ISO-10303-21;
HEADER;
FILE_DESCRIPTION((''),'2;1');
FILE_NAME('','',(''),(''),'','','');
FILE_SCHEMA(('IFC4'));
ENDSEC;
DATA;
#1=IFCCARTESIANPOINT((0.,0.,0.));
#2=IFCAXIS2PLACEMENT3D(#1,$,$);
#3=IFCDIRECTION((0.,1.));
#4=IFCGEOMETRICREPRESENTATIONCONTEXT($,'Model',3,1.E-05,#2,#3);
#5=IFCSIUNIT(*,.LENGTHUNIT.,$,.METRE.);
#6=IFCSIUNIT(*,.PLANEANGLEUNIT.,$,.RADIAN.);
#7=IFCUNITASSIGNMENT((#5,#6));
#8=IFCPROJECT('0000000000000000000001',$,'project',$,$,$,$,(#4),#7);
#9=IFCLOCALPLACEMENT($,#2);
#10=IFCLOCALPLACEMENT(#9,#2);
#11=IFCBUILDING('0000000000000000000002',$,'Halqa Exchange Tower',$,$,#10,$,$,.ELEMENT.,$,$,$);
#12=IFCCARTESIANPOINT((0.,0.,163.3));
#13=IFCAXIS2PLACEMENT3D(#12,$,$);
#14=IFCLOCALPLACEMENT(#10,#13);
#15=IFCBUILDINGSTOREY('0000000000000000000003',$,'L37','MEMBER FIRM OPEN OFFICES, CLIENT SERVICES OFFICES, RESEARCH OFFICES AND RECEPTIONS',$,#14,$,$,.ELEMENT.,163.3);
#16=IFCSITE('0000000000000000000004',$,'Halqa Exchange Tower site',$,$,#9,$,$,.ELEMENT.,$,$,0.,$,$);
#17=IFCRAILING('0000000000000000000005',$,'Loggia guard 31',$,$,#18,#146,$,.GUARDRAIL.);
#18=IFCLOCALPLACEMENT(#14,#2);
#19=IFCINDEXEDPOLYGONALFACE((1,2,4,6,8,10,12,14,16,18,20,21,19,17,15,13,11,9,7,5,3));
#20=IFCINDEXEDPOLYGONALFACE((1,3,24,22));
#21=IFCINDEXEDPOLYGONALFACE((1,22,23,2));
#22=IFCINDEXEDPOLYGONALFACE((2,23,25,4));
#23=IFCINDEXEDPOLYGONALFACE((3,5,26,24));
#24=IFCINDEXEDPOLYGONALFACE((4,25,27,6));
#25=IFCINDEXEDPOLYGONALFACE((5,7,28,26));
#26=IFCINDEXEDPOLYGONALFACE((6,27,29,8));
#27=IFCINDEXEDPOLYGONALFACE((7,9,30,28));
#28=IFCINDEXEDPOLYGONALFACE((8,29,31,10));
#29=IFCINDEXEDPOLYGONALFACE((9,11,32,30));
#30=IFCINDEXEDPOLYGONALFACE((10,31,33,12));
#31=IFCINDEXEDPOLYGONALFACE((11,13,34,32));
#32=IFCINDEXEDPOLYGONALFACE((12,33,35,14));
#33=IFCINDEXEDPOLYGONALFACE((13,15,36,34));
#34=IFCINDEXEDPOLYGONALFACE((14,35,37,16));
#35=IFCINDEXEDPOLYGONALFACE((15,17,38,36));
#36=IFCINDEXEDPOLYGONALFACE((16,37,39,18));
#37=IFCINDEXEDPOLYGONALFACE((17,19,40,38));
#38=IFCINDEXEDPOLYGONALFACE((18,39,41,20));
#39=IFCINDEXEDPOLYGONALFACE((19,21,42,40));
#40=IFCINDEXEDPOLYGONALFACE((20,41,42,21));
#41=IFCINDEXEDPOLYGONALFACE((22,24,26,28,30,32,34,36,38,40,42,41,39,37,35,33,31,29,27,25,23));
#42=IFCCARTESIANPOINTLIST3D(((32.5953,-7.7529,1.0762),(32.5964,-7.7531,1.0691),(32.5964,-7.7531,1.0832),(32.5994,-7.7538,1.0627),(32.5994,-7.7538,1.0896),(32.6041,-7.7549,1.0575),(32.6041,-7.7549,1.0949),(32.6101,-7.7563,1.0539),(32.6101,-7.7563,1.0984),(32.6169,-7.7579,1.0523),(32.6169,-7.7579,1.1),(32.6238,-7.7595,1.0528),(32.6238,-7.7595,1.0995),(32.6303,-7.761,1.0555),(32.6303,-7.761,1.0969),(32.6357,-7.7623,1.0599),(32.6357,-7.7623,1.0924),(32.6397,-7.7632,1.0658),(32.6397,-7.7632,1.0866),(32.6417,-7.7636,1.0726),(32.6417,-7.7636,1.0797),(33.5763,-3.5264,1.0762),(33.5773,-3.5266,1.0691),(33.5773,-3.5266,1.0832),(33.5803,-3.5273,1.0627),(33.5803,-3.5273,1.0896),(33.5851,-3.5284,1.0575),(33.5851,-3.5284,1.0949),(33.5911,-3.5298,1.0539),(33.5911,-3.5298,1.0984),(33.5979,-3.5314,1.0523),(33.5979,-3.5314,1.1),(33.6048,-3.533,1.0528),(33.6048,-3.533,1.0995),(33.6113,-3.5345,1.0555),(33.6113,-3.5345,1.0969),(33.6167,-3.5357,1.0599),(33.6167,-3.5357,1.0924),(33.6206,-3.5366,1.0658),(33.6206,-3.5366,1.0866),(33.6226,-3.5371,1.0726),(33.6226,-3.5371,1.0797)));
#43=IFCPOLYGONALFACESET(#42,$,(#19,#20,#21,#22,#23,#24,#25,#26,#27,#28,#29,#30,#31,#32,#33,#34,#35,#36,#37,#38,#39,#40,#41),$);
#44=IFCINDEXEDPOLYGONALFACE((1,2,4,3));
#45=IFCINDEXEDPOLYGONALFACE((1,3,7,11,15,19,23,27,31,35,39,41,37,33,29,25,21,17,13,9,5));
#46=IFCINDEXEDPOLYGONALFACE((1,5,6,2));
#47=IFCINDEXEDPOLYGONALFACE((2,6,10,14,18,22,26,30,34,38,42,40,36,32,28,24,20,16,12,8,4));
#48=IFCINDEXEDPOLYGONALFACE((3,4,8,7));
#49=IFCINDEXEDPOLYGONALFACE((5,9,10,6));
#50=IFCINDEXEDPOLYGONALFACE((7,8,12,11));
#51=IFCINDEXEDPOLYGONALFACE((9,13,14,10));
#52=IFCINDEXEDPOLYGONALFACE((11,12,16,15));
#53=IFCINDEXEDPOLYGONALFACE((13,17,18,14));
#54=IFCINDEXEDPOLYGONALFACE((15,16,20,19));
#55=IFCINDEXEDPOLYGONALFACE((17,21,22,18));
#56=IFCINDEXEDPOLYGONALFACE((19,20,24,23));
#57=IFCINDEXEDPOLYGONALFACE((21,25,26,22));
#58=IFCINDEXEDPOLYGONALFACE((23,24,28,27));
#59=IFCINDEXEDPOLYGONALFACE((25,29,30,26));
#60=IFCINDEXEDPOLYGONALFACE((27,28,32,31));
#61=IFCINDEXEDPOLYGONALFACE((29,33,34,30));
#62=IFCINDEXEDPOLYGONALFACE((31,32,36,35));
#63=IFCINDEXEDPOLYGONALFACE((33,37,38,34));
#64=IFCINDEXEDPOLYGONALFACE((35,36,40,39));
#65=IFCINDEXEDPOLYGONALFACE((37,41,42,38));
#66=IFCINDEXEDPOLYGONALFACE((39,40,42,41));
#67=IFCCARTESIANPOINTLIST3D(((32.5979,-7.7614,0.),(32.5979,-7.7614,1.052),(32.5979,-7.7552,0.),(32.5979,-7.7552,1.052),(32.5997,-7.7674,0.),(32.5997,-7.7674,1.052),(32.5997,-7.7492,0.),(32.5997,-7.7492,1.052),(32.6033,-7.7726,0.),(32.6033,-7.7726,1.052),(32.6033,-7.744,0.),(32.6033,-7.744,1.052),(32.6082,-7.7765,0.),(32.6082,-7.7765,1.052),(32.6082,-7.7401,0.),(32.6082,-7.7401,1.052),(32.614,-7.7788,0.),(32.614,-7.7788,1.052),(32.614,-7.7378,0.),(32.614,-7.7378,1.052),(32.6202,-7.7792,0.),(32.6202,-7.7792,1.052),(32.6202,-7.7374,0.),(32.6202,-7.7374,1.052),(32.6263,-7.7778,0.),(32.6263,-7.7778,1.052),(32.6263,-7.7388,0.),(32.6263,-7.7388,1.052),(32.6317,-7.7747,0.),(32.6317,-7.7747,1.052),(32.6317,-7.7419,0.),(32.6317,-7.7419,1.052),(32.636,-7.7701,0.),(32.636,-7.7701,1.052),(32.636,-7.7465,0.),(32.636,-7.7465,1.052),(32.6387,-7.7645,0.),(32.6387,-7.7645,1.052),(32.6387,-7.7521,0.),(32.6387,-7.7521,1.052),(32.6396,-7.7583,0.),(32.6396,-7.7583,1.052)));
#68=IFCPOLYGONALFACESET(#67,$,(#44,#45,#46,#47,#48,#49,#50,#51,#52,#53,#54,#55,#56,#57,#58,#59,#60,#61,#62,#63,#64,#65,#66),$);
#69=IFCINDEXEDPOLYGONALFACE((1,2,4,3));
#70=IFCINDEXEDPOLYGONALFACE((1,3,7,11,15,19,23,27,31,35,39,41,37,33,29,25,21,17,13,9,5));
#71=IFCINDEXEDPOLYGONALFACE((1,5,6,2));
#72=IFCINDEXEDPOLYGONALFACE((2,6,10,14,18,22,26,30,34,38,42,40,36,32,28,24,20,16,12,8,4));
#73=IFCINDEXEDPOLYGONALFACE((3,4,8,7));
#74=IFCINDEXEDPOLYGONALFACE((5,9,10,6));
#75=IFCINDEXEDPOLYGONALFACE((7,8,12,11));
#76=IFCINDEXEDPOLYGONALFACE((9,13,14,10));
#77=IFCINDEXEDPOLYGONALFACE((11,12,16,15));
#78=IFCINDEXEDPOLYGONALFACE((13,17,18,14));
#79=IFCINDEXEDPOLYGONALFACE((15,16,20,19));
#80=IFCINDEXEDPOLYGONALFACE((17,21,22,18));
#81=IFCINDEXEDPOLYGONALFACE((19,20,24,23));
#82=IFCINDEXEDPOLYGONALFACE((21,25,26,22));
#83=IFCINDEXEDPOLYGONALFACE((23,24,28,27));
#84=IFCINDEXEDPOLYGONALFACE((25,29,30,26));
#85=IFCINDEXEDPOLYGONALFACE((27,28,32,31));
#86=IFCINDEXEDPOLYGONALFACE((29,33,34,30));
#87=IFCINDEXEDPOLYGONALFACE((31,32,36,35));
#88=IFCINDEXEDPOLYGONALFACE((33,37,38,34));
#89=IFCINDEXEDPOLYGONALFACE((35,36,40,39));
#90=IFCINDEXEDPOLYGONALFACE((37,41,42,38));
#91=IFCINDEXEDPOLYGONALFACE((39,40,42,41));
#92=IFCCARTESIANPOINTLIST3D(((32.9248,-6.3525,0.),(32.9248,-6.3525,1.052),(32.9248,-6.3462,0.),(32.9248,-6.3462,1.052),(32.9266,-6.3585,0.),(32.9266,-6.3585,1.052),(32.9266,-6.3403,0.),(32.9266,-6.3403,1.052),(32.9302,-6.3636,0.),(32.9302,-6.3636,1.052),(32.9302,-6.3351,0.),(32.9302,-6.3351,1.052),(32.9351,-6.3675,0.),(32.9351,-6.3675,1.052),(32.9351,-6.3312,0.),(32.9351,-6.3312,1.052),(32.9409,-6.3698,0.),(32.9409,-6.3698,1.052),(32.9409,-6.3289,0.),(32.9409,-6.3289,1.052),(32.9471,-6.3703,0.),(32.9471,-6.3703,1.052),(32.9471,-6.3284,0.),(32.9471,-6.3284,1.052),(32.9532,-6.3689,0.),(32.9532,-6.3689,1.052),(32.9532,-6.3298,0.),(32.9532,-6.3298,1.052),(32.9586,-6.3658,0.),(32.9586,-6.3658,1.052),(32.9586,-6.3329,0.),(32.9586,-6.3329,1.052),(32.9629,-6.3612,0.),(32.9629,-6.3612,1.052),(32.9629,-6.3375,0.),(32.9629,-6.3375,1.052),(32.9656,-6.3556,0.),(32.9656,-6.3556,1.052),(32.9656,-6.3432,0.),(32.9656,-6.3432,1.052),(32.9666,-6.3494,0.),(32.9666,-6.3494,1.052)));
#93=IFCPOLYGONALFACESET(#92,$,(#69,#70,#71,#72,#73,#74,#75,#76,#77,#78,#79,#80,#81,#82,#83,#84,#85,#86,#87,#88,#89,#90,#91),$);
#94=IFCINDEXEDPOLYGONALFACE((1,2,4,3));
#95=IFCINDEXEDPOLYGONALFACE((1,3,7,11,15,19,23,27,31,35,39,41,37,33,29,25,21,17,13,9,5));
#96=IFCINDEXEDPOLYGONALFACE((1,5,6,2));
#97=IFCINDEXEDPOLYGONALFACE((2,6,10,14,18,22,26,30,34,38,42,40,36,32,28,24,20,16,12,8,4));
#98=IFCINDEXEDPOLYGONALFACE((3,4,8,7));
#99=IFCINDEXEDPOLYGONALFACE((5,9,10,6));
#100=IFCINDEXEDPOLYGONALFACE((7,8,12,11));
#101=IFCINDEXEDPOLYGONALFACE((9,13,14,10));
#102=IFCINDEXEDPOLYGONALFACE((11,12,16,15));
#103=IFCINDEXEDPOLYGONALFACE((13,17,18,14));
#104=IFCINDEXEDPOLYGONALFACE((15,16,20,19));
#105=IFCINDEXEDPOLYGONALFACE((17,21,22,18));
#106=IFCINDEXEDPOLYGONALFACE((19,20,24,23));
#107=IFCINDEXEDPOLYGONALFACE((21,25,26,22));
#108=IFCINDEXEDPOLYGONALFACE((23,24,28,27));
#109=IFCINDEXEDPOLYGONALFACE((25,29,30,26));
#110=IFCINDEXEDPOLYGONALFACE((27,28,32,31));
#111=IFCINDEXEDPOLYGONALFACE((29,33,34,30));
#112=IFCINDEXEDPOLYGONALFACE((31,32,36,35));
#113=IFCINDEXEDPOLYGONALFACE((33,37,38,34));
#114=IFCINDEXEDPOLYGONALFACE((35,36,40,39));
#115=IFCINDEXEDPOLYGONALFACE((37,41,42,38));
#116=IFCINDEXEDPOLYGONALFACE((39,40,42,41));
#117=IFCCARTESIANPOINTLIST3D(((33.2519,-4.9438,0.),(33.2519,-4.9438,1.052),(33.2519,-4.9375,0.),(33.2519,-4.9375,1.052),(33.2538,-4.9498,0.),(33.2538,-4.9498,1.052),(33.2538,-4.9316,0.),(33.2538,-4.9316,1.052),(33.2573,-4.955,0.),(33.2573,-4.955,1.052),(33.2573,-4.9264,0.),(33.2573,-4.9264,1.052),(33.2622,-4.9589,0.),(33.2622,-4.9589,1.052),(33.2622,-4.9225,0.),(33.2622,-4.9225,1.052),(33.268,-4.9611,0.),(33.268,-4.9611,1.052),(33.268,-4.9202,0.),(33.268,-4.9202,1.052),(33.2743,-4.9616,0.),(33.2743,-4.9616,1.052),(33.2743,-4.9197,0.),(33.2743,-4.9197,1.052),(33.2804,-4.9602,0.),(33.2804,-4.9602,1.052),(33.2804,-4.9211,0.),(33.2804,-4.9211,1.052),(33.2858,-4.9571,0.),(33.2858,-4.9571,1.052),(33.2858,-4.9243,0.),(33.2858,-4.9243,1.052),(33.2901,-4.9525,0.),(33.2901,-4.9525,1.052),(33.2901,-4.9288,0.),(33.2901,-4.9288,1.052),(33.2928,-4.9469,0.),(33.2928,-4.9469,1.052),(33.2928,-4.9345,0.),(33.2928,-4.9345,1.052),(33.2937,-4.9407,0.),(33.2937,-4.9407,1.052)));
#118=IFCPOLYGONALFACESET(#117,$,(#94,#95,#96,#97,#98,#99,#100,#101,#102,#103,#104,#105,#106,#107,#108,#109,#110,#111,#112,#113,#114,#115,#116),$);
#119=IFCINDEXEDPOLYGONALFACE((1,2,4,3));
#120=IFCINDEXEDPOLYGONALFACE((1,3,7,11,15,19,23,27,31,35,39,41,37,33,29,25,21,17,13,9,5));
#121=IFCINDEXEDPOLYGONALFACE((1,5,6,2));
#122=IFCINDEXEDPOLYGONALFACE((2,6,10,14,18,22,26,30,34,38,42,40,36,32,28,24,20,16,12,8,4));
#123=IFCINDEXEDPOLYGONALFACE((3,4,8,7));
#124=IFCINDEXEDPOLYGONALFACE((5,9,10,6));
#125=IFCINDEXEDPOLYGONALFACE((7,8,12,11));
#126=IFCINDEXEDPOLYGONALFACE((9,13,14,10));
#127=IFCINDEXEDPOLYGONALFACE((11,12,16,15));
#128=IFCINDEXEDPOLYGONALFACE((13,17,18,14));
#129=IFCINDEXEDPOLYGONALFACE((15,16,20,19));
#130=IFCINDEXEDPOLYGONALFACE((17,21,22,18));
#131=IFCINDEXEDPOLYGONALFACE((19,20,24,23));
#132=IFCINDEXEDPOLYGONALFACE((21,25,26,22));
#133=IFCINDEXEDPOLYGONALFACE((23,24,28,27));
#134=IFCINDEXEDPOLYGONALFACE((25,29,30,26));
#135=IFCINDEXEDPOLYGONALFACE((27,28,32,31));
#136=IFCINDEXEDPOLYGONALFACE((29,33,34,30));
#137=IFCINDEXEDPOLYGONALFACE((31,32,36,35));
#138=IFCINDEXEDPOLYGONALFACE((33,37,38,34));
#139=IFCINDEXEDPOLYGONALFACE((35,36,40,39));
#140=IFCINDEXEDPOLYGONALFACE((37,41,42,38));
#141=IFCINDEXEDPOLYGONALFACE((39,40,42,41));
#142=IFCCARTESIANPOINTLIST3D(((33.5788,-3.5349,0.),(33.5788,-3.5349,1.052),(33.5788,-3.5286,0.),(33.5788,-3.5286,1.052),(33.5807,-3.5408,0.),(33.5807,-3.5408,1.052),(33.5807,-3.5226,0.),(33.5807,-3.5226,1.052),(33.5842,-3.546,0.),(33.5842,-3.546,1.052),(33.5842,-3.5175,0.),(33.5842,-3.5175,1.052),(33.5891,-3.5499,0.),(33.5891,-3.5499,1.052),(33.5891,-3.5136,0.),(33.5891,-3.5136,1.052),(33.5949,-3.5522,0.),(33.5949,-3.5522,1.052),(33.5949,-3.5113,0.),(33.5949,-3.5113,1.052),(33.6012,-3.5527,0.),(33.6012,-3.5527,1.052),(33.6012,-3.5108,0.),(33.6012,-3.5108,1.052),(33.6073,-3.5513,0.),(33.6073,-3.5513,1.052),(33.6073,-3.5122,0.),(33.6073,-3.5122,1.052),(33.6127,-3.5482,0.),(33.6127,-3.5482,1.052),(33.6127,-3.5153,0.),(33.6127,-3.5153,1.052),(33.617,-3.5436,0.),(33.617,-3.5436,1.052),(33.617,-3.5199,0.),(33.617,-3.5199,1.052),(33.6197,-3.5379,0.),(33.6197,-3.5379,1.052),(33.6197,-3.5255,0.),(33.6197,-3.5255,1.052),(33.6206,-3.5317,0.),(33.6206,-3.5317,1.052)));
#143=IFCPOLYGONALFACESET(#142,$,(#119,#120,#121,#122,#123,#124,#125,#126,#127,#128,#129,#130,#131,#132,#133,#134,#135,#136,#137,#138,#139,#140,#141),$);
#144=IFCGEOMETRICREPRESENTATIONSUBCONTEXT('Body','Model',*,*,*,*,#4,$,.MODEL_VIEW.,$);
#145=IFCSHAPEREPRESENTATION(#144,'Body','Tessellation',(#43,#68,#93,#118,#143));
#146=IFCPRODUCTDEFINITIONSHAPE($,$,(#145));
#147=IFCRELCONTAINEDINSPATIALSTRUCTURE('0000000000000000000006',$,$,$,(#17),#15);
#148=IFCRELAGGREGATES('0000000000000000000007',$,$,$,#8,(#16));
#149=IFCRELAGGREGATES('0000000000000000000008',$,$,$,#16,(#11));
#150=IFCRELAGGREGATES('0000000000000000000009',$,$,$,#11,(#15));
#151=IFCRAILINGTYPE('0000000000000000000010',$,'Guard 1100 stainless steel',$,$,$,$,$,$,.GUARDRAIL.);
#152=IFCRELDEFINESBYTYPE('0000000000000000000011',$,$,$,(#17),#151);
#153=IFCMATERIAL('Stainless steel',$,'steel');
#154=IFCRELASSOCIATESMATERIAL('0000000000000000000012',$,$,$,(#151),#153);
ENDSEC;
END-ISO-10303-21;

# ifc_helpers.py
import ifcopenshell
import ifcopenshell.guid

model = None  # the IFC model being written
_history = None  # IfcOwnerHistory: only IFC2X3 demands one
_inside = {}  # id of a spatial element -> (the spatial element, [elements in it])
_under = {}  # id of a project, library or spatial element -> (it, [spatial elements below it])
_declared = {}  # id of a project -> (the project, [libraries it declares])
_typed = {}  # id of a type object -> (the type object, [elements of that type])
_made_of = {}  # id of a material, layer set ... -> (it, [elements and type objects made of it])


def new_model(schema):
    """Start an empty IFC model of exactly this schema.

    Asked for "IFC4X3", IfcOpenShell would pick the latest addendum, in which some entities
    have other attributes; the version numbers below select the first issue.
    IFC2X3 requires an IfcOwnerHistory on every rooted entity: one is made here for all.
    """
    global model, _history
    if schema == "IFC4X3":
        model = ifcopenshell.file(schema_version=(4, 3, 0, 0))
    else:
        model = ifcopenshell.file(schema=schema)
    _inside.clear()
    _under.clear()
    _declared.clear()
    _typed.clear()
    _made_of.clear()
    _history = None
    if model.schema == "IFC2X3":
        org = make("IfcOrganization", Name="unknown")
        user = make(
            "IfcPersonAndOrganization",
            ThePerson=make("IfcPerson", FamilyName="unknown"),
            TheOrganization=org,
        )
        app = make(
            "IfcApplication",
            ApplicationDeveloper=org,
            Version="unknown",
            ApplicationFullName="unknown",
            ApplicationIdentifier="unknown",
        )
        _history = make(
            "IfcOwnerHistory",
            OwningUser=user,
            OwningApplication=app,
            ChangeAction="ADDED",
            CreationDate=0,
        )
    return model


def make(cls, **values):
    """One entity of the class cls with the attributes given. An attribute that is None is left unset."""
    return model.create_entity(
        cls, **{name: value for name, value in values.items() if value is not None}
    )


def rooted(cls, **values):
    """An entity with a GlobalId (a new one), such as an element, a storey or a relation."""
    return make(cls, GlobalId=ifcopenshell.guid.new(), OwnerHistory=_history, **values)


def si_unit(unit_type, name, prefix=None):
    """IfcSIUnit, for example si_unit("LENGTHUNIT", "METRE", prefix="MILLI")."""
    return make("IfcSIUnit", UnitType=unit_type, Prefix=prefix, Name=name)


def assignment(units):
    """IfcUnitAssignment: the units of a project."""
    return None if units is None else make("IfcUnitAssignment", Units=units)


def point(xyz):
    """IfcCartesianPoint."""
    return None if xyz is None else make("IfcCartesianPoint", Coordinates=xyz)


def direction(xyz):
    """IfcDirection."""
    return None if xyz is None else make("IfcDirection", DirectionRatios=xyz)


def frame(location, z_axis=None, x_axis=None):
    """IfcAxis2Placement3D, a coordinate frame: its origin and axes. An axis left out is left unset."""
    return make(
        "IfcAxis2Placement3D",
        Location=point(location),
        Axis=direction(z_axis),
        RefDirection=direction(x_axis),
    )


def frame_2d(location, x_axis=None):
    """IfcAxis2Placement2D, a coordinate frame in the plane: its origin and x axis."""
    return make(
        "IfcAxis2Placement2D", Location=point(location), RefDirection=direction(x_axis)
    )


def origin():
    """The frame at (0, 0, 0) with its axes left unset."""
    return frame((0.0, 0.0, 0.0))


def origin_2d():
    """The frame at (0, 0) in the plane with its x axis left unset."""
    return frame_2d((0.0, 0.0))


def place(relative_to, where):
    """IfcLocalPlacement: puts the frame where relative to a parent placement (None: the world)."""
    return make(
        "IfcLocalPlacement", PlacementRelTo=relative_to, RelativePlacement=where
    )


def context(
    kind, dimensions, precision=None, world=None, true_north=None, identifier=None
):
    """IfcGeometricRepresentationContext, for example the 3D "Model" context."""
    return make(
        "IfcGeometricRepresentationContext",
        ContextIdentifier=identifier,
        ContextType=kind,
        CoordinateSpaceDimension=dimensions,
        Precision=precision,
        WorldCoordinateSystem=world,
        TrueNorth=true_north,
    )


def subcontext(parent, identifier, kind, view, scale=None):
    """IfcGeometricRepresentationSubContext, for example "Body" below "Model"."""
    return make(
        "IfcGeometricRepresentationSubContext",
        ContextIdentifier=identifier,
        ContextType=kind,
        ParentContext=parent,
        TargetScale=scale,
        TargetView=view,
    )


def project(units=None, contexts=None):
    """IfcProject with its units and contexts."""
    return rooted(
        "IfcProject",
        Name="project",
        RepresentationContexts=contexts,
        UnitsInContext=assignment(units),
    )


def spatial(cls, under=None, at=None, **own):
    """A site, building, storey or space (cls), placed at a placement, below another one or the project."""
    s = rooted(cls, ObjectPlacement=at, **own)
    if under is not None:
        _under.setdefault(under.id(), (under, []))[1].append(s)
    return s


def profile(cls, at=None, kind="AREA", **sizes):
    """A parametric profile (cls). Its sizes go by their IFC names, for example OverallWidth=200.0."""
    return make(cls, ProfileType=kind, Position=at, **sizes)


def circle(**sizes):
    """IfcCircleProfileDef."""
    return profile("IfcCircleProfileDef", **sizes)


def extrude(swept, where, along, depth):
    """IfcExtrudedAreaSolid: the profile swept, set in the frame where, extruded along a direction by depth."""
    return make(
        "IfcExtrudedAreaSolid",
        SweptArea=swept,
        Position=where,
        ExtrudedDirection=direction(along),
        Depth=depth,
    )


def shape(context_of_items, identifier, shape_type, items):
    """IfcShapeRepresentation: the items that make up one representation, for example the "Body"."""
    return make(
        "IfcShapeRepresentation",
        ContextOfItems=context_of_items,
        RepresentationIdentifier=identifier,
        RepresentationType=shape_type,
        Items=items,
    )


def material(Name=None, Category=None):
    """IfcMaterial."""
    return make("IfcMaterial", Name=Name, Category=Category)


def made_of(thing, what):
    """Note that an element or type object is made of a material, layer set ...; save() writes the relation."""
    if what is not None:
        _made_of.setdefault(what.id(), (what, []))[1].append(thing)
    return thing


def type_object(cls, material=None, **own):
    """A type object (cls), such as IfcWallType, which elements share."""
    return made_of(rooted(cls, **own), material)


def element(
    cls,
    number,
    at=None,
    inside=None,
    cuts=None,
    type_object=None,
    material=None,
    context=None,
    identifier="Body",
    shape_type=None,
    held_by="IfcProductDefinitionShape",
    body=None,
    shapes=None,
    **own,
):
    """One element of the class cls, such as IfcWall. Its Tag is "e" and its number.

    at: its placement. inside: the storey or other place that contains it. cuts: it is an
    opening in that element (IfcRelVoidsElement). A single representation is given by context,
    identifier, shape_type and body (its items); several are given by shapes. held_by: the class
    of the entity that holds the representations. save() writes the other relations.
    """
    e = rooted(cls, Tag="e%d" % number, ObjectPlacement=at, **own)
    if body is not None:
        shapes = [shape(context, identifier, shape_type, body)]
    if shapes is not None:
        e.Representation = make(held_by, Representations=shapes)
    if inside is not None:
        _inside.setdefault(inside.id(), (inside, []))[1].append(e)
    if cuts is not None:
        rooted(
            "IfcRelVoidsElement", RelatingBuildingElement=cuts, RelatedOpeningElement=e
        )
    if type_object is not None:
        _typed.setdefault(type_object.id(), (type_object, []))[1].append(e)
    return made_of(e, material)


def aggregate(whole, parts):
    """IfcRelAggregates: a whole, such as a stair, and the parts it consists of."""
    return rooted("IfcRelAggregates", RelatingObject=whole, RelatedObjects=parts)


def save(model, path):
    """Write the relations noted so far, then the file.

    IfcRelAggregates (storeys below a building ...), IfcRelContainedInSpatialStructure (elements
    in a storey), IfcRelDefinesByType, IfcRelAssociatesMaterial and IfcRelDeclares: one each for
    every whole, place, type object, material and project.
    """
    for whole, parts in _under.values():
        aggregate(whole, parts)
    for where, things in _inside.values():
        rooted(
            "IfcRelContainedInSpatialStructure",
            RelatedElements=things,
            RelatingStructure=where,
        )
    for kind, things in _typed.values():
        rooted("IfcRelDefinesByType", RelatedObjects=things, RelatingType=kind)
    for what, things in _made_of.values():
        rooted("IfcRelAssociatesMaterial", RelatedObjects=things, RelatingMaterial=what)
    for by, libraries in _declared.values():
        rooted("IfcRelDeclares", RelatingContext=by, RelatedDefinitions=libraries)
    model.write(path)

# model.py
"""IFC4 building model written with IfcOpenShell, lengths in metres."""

from ifc_helpers import new_model, si_unit, direction, frame, origin, origin_2d, place, context, subcontext, project, spatial, circle, extrude, material, type_object, element, save


model = new_model("IFC4")

# Units and contexts
model_context = context("Model", 3, precision=1e-05, world=origin(), true_north=direction((0.0, 1.0)))
body_context = subcontext(model_context, "Body", "Model", "MODEL_VIEW")
ifc_project = project(units=[si_unit("LENGTHUNIT", "METRE"), si_unit("PLANEANGLEUNIT", "RADIAN")], contexts=[model_context])

# Site, building, storey
site_placement = place(None, origin())
site = spatial("IfcSite", under=ifc_project, at=site_placement, Name="Halqa Exchange Tower site", CompositionType="ELEMENT", RefElevation=0.0)
building_placement = place(site_placement, origin())
building = spatial("IfcBuilding", under=site, at=building_placement, Name="Halqa Exchange Tower", CompositionType="ELEMENT")
storey_placement = place(building_placement, frame((0.0, 0.0, 163.3)))
storey = spatial("IfcBuildingStorey", under=building, at=storey_placement, Name="L37", Description="MEMBER FIRM OPEN OFFICES, CLIENT SERVICES OFFICES, RESEARCH OFFICES AND RECEPTIONS", CompositionType="ELEMENT", Elevation=163.3)

# Railing
ifc_material_1 = material(Name="Stainless steel", Category="steel")
railing_type = type_object("IfcRailingType", Name="Guard 1100 stainless steel", PredefinedType="GUARDRAIL", material=ifc_material_1)
railing_1_placement = place(storey_placement, frame((32.6187, -7.7583, 0.0)))
element("IfcRailing", 1, at=railing_1_placement, inside=storey, type_object=railing_type, Name="Loggia guard 31", PredefinedType="GUARDRAIL", context=body_context, shape_type="SweptSolid", body=[
    extrude(circle(Radius=0.0239, at=origin_2d()), frame((0.0, 0.0, 1.0762), z_axis=(0.226084, 0.974108, 0.0), x_axis=(-0.974108, 0.226084, 0.0)), (0.0, 0.0, 1.0), 4.3389),
    extrude(circle(Radius=0.021, at=origin_2d()), origin(), (0.0, 0.0, 1.0), 1.052),
    extrude(circle(Radius=0.021, at=origin_2d()), frame((0.3269, 1.4089, 0.0)), (0.0, 0.0, 1.0), 1.052),
    extrude(circle(Radius=0.021, at=origin_2d()), frame((0.6541, 2.8176, 0.0)), (0.0, 0.0, 1.0), 1.052),
    extrude(circle(Radius=0.021, at=origin_2d()), frame((0.981, 4.2266, 0.0)), (0.0, 0.0, 1.0), 1.052),
])

save(model, "model.ifc")
